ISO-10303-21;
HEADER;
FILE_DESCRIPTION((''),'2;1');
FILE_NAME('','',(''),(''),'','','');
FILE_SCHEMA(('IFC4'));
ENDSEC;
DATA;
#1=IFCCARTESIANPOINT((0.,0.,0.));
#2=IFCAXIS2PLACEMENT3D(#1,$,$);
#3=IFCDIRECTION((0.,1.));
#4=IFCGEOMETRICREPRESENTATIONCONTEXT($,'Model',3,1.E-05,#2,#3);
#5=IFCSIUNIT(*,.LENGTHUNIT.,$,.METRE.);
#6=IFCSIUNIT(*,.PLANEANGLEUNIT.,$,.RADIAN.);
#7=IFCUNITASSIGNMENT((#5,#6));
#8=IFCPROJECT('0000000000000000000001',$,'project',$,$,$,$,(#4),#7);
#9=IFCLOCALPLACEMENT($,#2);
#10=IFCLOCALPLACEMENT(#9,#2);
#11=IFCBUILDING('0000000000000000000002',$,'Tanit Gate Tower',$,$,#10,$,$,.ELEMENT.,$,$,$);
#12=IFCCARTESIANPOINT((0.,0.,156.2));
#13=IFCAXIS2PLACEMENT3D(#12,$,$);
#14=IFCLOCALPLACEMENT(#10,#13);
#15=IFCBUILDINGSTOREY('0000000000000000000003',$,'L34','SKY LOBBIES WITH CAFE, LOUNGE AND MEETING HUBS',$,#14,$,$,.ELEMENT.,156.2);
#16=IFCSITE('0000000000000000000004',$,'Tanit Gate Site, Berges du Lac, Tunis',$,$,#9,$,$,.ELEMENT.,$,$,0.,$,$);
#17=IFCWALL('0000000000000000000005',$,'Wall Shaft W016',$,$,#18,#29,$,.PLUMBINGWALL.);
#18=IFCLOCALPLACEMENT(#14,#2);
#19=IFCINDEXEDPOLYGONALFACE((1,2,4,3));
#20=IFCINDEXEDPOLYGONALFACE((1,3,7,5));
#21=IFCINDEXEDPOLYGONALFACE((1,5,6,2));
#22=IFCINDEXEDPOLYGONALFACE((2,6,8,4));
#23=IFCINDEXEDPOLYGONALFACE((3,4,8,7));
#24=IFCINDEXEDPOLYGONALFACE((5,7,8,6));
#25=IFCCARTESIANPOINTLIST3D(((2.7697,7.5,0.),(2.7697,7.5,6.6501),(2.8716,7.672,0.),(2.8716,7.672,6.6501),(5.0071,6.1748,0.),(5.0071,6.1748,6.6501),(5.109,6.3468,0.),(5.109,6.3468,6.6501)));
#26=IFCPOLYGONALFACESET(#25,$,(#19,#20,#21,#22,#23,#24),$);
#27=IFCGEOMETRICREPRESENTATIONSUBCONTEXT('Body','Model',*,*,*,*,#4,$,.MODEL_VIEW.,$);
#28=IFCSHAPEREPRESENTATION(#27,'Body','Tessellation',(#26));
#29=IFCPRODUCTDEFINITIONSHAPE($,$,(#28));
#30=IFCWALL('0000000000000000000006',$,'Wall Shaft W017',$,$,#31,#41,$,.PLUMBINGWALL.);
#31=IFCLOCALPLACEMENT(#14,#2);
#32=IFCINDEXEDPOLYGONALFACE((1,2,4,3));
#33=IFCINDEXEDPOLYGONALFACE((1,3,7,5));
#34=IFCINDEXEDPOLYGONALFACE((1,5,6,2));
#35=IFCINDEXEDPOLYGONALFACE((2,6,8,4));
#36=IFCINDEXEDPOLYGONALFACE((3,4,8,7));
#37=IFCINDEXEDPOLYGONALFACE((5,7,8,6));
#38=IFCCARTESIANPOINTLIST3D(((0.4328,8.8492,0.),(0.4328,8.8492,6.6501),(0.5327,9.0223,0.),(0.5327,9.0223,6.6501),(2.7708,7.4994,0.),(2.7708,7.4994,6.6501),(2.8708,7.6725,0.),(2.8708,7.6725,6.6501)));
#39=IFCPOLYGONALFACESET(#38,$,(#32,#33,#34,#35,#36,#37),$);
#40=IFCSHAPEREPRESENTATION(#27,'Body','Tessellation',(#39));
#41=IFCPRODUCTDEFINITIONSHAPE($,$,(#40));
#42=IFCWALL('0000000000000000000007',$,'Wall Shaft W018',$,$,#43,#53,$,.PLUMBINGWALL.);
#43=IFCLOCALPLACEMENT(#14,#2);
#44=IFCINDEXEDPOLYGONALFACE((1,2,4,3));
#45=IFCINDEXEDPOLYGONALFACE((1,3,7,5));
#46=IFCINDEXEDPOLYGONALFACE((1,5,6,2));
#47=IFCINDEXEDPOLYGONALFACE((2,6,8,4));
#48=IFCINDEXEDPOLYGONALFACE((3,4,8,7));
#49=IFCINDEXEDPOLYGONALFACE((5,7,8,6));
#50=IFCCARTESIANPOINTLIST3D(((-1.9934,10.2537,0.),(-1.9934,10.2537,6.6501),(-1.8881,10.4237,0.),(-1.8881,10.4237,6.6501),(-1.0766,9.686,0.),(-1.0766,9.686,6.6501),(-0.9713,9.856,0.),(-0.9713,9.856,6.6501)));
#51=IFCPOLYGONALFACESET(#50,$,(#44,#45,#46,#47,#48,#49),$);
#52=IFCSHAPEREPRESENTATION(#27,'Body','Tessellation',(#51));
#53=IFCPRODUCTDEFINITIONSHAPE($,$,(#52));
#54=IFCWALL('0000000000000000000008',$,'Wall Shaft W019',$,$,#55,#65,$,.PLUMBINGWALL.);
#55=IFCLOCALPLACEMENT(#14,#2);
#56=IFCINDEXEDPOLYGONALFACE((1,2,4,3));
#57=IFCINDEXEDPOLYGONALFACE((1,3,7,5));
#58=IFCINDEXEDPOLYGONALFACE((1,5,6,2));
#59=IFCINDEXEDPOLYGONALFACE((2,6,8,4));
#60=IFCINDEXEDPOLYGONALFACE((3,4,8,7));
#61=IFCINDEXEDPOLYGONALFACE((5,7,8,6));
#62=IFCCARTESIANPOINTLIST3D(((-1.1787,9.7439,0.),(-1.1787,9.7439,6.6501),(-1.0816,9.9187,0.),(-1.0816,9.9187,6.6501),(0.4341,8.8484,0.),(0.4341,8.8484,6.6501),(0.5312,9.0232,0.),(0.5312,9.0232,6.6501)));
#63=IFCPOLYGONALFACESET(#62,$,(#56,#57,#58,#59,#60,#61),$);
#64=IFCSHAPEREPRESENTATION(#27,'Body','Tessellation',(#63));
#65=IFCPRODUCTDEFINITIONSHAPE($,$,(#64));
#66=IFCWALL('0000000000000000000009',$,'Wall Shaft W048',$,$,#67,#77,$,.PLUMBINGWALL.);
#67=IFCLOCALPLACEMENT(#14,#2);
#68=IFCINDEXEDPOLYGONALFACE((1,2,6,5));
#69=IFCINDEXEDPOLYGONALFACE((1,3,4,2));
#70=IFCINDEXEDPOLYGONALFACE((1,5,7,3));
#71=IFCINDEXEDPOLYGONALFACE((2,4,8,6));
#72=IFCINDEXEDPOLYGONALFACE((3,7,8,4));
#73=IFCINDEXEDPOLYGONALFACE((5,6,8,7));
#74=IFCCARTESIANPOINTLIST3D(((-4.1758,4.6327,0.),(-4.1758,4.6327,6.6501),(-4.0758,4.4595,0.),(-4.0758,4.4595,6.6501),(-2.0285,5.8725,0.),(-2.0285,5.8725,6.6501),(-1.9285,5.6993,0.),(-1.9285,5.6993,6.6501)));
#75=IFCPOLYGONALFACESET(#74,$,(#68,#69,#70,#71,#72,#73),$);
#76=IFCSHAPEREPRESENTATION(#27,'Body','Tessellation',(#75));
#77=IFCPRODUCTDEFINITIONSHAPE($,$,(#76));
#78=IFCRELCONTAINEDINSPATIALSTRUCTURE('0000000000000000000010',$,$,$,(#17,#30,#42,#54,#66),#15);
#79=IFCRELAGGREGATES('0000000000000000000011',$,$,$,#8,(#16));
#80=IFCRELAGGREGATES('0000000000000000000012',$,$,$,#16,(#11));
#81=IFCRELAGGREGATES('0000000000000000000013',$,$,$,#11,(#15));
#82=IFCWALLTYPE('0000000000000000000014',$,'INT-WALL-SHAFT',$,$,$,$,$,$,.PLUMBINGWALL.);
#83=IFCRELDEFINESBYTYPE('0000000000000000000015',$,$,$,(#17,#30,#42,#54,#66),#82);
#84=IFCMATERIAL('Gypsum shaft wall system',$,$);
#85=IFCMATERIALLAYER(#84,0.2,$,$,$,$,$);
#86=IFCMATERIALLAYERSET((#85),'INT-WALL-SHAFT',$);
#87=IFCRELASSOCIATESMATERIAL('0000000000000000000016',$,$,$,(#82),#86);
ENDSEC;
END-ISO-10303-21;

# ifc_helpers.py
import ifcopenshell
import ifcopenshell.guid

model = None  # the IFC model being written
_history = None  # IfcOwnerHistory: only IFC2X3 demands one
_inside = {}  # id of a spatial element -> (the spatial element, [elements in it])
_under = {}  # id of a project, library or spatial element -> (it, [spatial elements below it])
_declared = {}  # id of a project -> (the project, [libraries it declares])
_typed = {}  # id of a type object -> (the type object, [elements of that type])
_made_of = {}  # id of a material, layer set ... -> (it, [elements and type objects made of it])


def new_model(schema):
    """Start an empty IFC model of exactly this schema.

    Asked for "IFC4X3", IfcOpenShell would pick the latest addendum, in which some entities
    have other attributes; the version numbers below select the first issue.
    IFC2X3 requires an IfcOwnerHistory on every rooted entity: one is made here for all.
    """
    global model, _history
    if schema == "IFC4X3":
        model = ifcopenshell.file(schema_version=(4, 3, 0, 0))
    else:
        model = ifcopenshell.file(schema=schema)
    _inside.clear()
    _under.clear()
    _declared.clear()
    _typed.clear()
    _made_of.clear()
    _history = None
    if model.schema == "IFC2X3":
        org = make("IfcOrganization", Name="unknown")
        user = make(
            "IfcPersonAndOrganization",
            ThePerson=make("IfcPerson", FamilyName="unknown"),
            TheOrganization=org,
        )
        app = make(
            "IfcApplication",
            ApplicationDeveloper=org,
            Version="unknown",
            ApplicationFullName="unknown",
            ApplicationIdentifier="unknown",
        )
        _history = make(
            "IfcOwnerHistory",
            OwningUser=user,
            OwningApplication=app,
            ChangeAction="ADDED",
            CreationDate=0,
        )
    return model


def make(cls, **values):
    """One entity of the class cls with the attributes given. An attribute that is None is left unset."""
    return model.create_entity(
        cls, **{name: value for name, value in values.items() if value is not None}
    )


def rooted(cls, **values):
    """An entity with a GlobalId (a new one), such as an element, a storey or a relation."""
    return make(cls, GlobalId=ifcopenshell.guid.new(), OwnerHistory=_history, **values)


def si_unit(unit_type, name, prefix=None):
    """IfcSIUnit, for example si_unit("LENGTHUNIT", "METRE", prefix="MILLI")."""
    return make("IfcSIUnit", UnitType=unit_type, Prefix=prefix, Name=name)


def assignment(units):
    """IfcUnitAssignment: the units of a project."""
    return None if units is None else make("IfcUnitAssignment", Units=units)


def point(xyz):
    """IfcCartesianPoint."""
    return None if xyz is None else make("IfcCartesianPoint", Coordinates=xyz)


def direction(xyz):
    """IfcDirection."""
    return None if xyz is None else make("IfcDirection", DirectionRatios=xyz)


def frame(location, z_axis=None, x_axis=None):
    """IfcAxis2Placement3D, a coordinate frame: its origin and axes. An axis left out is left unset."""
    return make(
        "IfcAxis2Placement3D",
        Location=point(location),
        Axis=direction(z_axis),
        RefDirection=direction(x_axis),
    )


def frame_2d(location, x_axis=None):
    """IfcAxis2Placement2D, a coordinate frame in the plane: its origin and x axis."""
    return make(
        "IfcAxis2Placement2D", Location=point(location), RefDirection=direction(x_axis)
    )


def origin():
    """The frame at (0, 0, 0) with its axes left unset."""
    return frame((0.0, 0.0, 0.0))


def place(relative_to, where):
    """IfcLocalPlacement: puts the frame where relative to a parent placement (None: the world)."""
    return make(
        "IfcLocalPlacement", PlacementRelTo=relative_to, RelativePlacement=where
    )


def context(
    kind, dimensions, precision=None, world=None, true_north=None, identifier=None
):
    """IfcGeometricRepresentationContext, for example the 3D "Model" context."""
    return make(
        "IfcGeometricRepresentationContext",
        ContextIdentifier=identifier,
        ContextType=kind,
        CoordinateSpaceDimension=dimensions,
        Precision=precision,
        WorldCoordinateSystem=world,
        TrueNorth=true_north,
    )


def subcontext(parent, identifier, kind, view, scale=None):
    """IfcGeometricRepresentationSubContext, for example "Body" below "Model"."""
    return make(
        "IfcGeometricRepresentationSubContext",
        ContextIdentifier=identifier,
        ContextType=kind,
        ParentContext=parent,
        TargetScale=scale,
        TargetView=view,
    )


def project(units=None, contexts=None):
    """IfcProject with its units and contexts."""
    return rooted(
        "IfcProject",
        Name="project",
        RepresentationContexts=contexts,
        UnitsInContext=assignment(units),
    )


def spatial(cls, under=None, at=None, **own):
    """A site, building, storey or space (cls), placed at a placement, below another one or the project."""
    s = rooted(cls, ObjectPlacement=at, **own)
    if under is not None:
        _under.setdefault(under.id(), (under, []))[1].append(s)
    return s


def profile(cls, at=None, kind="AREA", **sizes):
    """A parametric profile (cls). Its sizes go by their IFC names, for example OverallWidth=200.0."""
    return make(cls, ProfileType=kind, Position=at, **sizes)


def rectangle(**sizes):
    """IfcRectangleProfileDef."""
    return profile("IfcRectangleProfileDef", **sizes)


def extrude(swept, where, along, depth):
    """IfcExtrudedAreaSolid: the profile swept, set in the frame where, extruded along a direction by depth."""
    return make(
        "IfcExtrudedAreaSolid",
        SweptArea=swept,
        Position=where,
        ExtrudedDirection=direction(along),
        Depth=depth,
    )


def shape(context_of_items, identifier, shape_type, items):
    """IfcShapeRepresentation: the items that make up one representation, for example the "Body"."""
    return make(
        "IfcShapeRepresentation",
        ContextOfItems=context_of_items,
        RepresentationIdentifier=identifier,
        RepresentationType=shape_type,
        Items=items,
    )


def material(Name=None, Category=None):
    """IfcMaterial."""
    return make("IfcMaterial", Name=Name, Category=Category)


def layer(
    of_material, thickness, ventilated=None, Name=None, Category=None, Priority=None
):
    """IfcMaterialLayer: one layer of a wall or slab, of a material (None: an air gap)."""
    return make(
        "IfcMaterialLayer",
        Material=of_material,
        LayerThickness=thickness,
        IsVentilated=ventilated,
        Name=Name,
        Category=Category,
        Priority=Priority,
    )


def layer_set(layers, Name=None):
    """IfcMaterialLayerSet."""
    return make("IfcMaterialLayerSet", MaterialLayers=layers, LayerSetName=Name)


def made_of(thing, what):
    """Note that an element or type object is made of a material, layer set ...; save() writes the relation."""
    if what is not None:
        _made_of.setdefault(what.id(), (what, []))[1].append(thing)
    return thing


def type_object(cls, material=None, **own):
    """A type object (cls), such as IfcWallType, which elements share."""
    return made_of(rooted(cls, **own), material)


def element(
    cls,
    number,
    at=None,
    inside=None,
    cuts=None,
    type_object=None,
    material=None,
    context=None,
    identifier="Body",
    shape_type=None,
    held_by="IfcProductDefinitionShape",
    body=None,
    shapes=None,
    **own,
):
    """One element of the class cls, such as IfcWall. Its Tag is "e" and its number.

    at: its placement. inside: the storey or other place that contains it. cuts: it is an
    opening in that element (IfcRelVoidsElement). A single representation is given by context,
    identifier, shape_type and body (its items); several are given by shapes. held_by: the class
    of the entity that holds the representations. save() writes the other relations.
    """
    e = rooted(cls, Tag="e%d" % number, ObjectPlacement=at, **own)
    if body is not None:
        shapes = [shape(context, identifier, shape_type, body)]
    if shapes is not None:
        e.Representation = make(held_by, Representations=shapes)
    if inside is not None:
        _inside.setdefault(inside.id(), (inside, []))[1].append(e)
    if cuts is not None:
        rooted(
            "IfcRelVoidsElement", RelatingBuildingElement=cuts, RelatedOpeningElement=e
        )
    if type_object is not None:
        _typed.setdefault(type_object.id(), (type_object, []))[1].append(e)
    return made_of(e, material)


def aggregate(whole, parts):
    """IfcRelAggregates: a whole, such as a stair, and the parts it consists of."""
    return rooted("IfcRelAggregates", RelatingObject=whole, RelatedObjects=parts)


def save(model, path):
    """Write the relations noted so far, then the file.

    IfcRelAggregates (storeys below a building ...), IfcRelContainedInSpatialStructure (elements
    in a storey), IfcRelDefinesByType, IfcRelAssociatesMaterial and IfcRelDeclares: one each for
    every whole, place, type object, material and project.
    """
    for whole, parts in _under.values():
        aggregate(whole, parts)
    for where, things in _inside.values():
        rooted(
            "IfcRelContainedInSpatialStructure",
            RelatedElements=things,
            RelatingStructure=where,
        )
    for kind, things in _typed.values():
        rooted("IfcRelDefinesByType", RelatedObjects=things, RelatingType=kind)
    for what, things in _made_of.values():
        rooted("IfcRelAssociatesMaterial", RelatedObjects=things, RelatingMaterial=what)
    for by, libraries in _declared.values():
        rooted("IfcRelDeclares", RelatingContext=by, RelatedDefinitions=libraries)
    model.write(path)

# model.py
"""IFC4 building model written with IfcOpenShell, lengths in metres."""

from ifc_helpers import new_model, si_unit, direction, frame, frame_2d, origin, place, context, subcontext, project, spatial, rectangle, extrude, material, layer, layer_set, type_object, element, save


model = new_model("IFC4")

# Units and contexts
model_context = context("Model", 3, precision=1e-05, world=origin(), true_north=direction((0.0, 1.0)))
body_context = subcontext(model_context, "Body", "Model", "MODEL_VIEW")
ifc_project = project(units=[si_unit("LENGTHUNIT", "METRE"), si_unit("PLANEANGLEUNIT", "RADIAN")], contexts=[model_context])

# Site, building, storey
site_placement = place(None, origin())
site = spatial("IfcSite", under=ifc_project, at=site_placement, Name="Tanit Gate Site, Berges du Lac, Tunis", CompositionType="ELEMENT", RefElevation=0.0)
building_placement = place(site_placement, origin())
building = spatial("IfcBuilding", under=site, at=building_placement, Name="Tanit Gate Tower", CompositionType="ELEMENT")
storey_placement = place(building_placement, frame((0.0, 0.0, 156.2)))
storey = spatial("IfcBuildingStorey", under=building, at=storey_placement, Name="L34", Description="SKY LOBBIES WITH CAFE, LOUNGE AND MEETING HUBS", CompositionType="ELEMENT", Elevation=156.2)

# Walls
ifc_material_1 = material(Name="Gypsum shaft wall system")
ifc_layer_1 = layer(ifc_material_1, 0.2)
ifc_layer_set_1 = layer_set([ifc_layer_1], Name="INT-WALL-SHAFT")
wall_type_1 = type_object("IfcWallType", Name="INT-WALL-SHAFT", PredefinedType="PLUMBINGWALL", material=ifc_layer_set_1)
wall_1_placement = place(storey_placement, frame((5.0581, 6.2607, 0.0), z_axis=(0.0, 0.0, 1.0), x_axis=(-0.860395, 0.509627, 0.0)))
element("IfcWall", 1, at=wall_1_placement, inside=storey, type_object=wall_type_1, Name="Wall Shaft W016", PredefinedType="PLUMBINGWALL", context=body_context, shape_type="SweptSolid", body=[
    extrude(rectangle(XDim=2.6003, YDim=0.2, at=frame_2d((1.3003, 0.0))), origin(), (0.0, 0.0, 1.0), 6.6501),
])
wall_2_placement = place(storey_placement, frame((2.8208, 7.5859, 0.0), z_axis=(0.0, 0.0, 1.0), x_axis=(-0.866037, 0.499981, 0.0)))
element("IfcWall", 2, at=wall_2_placement, inside=storey, type_object=wall_type_1, Name="Wall Shaft W017", PredefinedType="PLUMBINGWALL", context=body_context, shape_type="SweptSolid", body=[
    extrude(rectangle(XDim=2.6997, YDim=0.2, at=frame_2d((1.3499, 0.0))), origin(), (0.0, 0.0, 1.0), 6.6501),
])
wall_3_placement = place(storey_placement, frame((-1.9407, 10.3386, 0.0), z_axis=(0.0, 0.0, 1.0), x_axis=(0.850217, -0.526433, 0.0)))
element("IfcWall", 3, at=wall_3_placement, inside=storey, type_object=wall_type_1, Name="Wall Shaft W018", PredefinedType="PLUMBINGWALL", context=body_context, shape_type="SweptSolid", body=[
    extrude(rectangle(XDim=1.0784, YDim=0.2, at=frame_2d((0.5391, 0.0))), origin(), (0.0, 0.0, 1.0), 6.6501),
])
wall_4_placement = place(storey_placement, frame((0.4827, 8.9358, 0.0), z_axis=(0.0, 0.0, 1.0), x_axis=(-0.87427, 0.485441, 0.0)))
element("IfcWall", 4, at=wall_4_placement, inside=storey, type_object=wall_type_1, Name="Wall Shaft W019", PredefinedType="PLUMBINGWALL", context=body_context, shape_type="SweptSolid", body=[
    extrude(rectangle(XDim=1.8447, YDim=0.2, at=frame_2d((0.9224, 0.0))), origin(), (0.0, 0.0, 1.0), 6.6501),
])
wall_5_placement = place(storey_placement, frame((-1.9785, 5.7859, 0.0), z_axis=(0.0, 0.0, 1.0), x_axis=(-0.866017, -0.500015, 0.0)))
element("IfcWall", 5, at=wall_5_placement, inside=storey, type_object=wall_type_1, Name="Wall Shaft W048", PredefinedType="PLUMBINGWALL", context=body_context, shape_type="SweptSolid", body=[
    extrude(rectangle(XDim=2.4795, YDim=0.2, at=frame_2d((1.2397, 0.0))), origin(), (0.0, 0.0, 1.0), 6.6501),
])

save(model, "model.ifc")
